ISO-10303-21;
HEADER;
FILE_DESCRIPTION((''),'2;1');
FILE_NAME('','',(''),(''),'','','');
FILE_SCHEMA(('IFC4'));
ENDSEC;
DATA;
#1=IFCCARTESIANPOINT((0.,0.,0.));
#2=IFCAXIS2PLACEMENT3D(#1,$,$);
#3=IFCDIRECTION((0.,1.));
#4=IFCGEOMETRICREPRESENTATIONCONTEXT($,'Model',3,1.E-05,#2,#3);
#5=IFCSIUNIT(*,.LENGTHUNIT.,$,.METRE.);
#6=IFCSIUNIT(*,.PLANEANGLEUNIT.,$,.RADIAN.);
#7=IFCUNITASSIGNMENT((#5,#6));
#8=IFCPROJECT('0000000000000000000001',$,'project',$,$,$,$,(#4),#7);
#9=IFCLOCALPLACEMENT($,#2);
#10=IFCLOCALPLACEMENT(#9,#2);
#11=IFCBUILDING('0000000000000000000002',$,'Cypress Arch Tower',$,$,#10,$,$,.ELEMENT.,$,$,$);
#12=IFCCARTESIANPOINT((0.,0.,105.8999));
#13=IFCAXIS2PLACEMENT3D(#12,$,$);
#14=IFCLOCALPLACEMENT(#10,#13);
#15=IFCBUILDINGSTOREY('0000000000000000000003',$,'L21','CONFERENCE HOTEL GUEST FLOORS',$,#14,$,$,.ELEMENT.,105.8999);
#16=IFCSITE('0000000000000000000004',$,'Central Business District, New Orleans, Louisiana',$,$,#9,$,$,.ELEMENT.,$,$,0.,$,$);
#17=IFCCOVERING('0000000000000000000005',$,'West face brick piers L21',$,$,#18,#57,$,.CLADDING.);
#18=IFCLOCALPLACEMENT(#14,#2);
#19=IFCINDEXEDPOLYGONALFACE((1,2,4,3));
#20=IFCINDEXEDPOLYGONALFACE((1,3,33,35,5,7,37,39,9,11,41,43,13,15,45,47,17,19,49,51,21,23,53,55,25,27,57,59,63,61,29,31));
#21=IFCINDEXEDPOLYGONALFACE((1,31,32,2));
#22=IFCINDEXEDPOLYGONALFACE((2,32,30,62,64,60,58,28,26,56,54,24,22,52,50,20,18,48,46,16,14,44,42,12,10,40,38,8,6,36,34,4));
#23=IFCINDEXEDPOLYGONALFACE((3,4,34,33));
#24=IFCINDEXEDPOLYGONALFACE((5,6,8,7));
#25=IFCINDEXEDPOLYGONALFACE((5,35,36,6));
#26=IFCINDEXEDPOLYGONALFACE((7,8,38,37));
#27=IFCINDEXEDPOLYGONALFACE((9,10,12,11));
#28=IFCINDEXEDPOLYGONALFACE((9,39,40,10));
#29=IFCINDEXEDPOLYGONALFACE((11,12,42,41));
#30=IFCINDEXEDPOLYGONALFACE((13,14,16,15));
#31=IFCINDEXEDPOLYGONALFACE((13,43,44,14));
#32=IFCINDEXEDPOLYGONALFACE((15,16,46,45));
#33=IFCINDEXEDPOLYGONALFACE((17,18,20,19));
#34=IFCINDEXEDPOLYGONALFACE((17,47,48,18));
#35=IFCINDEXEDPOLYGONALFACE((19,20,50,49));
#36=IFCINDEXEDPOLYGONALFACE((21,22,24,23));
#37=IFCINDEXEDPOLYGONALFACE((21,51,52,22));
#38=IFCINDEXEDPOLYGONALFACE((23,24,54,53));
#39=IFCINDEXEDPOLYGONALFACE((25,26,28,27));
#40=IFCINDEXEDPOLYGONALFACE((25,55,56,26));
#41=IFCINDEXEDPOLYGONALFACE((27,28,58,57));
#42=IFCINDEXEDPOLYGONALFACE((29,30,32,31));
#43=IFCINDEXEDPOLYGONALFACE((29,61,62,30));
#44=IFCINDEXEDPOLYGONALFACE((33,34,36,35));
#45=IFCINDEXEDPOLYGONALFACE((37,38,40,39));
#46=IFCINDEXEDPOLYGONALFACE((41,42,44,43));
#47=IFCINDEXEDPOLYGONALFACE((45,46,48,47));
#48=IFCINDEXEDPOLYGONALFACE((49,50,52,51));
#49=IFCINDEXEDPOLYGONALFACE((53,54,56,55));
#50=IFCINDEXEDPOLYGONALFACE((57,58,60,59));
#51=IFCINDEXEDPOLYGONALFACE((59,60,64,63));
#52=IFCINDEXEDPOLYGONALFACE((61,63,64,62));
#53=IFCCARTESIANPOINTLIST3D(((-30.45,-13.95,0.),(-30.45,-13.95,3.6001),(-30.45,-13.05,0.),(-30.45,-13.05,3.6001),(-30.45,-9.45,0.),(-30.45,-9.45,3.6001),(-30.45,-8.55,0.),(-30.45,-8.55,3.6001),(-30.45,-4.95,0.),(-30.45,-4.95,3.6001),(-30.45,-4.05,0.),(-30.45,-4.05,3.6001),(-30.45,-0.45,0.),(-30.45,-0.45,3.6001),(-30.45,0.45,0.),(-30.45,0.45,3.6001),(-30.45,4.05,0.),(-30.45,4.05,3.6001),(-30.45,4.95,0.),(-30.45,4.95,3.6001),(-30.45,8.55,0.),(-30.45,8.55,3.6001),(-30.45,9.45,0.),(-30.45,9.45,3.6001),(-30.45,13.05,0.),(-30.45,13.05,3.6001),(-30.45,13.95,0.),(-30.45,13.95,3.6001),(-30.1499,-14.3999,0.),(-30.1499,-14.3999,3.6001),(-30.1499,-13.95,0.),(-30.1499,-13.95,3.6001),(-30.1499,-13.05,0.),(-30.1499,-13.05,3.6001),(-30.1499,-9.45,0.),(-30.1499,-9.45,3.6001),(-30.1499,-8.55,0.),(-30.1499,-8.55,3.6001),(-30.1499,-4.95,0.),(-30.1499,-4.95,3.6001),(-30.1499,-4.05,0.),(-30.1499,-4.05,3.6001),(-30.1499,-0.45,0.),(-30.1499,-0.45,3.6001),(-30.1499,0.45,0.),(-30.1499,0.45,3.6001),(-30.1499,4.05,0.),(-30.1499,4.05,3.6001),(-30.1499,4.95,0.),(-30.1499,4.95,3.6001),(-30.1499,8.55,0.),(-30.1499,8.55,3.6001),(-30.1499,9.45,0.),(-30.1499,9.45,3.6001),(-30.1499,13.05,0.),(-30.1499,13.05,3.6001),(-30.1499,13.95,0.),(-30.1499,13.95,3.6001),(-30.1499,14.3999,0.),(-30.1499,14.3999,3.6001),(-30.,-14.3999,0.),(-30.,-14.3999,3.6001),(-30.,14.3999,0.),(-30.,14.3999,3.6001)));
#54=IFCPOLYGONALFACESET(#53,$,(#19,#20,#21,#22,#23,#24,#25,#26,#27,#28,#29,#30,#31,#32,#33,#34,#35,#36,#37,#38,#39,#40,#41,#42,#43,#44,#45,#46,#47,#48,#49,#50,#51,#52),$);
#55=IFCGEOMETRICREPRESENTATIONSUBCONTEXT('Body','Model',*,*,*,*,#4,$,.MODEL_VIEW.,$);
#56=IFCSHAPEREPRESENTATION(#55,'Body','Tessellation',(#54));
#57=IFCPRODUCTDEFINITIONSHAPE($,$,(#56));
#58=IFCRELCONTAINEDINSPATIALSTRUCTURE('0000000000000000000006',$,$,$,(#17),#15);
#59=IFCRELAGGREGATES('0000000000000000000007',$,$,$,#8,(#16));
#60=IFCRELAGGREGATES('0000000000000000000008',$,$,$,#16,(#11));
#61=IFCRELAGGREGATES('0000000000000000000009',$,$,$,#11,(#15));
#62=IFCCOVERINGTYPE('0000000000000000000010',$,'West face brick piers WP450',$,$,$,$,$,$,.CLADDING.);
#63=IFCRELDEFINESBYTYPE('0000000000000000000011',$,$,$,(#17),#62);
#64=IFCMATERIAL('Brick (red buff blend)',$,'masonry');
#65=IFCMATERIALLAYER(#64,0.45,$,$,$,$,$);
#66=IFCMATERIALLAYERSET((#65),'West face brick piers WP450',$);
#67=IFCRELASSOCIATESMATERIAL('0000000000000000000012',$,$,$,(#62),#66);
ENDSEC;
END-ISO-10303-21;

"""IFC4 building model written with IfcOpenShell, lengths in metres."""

from ifc_helpers import new_model, si_unit, direction, frame, origin, place, context, subcontext, project, spatial, polyline, outline, extrude, material, layer, layer_set, type_object, element, save


model = new_model("IFC4")

# Units and contexts
model_context = context("Model", 3, precision=1e-05, world=origin(), true_north=direction((0.0, 1.0)))
body_context = subcontext(model_context, "Body", "Model", "MODEL_VIEW")
ifc_project = project(units=[si_unit("LENGTHUNIT", "METRE"), si_unit("PLANEANGLEUNIT", "RADIAN")], contexts=[model_context])

# Site, building, storey
site_placement = place(None, origin())
site = spatial("IfcSite", under=ifc_project, at=site_placement, Name="Central Business District, New Orleans, Louisiana", CompositionType="ELEMENT", RefElevation=0.0)
building_placement = place(site_placement, origin())
building = spatial("IfcBuilding", under=site, at=building_placement, Name="Cypress Arch Tower", CompositionType="ELEMENT")
storey_placement = place(building_placement, frame((0.0, 0.0, 105.8999)))
storey = spatial("IfcBuildingStorey", under=building, at=storey_placement, Name="L21", Description="CONFERENCE HOTEL GUEST FLOORS", CompositionType="ELEMENT", Elevation=105.8999)

# Covering
ifc_material_1 = material(Name="Brick (red buff blend)", Category="masonry")
ifc_layer_1 = layer(ifc_material_1, 0.45)
ifc_layer_set_1 = layer_set([ifc_layer_1], Name="West face brick piers WP450")
covering_type_1 = type_object("IfcCoveringType", Name="West face brick piers WP450", PredefinedType="CLADDING", material=ifc_layer_set_1)
covering_1_placement = place(storey_placement, origin())
element("IfcCovering", 1, at=covering_1_placement, inside=storey, type_object=covering_type_1, Name="West face brick piers L21", PredefinedType="CLADDING", context=body_context, shape_type="SweptSolid", body=[
    extrude(outline(polyline([(-30.1499, -13.05), (-30.1499, -9.45), (-30.45, -9.45), (-30.45, -8.55), (-30.1499, -8.55), (-30.1499, -4.95), (-30.45, -4.95), (-30.45, -4.05), (-30.1499, -4.05), (-30.1499, -0.45), (-30.45, -0.45), (-30.45, 0.45), (-30.1499, 0.45), (-30.1499, 4.05), (-30.45, 4.05), (-30.45, 4.95), (-30.1499, 4.95), (-30.1499, 8.55), (-30.45, 8.55), (-30.45, 9.45), (-30.1499, 9.45), (-30.1499, 13.05), (-30.45, 13.05), (-30.45, 13.95), (-30.1499, 13.95), (-30.1499, 14.3999), (-30.0, 14.3999), (-30.0, -14.3999), (-30.1499, -14.3999), (-30.1499, -13.95), (-30.45, -13.95), (-30.45, -13.05), (-30.1499, -13.05)])), origin(), (0.0, 0.0, 1.0), 3.6001),
])

save(model, "model.ifc")
